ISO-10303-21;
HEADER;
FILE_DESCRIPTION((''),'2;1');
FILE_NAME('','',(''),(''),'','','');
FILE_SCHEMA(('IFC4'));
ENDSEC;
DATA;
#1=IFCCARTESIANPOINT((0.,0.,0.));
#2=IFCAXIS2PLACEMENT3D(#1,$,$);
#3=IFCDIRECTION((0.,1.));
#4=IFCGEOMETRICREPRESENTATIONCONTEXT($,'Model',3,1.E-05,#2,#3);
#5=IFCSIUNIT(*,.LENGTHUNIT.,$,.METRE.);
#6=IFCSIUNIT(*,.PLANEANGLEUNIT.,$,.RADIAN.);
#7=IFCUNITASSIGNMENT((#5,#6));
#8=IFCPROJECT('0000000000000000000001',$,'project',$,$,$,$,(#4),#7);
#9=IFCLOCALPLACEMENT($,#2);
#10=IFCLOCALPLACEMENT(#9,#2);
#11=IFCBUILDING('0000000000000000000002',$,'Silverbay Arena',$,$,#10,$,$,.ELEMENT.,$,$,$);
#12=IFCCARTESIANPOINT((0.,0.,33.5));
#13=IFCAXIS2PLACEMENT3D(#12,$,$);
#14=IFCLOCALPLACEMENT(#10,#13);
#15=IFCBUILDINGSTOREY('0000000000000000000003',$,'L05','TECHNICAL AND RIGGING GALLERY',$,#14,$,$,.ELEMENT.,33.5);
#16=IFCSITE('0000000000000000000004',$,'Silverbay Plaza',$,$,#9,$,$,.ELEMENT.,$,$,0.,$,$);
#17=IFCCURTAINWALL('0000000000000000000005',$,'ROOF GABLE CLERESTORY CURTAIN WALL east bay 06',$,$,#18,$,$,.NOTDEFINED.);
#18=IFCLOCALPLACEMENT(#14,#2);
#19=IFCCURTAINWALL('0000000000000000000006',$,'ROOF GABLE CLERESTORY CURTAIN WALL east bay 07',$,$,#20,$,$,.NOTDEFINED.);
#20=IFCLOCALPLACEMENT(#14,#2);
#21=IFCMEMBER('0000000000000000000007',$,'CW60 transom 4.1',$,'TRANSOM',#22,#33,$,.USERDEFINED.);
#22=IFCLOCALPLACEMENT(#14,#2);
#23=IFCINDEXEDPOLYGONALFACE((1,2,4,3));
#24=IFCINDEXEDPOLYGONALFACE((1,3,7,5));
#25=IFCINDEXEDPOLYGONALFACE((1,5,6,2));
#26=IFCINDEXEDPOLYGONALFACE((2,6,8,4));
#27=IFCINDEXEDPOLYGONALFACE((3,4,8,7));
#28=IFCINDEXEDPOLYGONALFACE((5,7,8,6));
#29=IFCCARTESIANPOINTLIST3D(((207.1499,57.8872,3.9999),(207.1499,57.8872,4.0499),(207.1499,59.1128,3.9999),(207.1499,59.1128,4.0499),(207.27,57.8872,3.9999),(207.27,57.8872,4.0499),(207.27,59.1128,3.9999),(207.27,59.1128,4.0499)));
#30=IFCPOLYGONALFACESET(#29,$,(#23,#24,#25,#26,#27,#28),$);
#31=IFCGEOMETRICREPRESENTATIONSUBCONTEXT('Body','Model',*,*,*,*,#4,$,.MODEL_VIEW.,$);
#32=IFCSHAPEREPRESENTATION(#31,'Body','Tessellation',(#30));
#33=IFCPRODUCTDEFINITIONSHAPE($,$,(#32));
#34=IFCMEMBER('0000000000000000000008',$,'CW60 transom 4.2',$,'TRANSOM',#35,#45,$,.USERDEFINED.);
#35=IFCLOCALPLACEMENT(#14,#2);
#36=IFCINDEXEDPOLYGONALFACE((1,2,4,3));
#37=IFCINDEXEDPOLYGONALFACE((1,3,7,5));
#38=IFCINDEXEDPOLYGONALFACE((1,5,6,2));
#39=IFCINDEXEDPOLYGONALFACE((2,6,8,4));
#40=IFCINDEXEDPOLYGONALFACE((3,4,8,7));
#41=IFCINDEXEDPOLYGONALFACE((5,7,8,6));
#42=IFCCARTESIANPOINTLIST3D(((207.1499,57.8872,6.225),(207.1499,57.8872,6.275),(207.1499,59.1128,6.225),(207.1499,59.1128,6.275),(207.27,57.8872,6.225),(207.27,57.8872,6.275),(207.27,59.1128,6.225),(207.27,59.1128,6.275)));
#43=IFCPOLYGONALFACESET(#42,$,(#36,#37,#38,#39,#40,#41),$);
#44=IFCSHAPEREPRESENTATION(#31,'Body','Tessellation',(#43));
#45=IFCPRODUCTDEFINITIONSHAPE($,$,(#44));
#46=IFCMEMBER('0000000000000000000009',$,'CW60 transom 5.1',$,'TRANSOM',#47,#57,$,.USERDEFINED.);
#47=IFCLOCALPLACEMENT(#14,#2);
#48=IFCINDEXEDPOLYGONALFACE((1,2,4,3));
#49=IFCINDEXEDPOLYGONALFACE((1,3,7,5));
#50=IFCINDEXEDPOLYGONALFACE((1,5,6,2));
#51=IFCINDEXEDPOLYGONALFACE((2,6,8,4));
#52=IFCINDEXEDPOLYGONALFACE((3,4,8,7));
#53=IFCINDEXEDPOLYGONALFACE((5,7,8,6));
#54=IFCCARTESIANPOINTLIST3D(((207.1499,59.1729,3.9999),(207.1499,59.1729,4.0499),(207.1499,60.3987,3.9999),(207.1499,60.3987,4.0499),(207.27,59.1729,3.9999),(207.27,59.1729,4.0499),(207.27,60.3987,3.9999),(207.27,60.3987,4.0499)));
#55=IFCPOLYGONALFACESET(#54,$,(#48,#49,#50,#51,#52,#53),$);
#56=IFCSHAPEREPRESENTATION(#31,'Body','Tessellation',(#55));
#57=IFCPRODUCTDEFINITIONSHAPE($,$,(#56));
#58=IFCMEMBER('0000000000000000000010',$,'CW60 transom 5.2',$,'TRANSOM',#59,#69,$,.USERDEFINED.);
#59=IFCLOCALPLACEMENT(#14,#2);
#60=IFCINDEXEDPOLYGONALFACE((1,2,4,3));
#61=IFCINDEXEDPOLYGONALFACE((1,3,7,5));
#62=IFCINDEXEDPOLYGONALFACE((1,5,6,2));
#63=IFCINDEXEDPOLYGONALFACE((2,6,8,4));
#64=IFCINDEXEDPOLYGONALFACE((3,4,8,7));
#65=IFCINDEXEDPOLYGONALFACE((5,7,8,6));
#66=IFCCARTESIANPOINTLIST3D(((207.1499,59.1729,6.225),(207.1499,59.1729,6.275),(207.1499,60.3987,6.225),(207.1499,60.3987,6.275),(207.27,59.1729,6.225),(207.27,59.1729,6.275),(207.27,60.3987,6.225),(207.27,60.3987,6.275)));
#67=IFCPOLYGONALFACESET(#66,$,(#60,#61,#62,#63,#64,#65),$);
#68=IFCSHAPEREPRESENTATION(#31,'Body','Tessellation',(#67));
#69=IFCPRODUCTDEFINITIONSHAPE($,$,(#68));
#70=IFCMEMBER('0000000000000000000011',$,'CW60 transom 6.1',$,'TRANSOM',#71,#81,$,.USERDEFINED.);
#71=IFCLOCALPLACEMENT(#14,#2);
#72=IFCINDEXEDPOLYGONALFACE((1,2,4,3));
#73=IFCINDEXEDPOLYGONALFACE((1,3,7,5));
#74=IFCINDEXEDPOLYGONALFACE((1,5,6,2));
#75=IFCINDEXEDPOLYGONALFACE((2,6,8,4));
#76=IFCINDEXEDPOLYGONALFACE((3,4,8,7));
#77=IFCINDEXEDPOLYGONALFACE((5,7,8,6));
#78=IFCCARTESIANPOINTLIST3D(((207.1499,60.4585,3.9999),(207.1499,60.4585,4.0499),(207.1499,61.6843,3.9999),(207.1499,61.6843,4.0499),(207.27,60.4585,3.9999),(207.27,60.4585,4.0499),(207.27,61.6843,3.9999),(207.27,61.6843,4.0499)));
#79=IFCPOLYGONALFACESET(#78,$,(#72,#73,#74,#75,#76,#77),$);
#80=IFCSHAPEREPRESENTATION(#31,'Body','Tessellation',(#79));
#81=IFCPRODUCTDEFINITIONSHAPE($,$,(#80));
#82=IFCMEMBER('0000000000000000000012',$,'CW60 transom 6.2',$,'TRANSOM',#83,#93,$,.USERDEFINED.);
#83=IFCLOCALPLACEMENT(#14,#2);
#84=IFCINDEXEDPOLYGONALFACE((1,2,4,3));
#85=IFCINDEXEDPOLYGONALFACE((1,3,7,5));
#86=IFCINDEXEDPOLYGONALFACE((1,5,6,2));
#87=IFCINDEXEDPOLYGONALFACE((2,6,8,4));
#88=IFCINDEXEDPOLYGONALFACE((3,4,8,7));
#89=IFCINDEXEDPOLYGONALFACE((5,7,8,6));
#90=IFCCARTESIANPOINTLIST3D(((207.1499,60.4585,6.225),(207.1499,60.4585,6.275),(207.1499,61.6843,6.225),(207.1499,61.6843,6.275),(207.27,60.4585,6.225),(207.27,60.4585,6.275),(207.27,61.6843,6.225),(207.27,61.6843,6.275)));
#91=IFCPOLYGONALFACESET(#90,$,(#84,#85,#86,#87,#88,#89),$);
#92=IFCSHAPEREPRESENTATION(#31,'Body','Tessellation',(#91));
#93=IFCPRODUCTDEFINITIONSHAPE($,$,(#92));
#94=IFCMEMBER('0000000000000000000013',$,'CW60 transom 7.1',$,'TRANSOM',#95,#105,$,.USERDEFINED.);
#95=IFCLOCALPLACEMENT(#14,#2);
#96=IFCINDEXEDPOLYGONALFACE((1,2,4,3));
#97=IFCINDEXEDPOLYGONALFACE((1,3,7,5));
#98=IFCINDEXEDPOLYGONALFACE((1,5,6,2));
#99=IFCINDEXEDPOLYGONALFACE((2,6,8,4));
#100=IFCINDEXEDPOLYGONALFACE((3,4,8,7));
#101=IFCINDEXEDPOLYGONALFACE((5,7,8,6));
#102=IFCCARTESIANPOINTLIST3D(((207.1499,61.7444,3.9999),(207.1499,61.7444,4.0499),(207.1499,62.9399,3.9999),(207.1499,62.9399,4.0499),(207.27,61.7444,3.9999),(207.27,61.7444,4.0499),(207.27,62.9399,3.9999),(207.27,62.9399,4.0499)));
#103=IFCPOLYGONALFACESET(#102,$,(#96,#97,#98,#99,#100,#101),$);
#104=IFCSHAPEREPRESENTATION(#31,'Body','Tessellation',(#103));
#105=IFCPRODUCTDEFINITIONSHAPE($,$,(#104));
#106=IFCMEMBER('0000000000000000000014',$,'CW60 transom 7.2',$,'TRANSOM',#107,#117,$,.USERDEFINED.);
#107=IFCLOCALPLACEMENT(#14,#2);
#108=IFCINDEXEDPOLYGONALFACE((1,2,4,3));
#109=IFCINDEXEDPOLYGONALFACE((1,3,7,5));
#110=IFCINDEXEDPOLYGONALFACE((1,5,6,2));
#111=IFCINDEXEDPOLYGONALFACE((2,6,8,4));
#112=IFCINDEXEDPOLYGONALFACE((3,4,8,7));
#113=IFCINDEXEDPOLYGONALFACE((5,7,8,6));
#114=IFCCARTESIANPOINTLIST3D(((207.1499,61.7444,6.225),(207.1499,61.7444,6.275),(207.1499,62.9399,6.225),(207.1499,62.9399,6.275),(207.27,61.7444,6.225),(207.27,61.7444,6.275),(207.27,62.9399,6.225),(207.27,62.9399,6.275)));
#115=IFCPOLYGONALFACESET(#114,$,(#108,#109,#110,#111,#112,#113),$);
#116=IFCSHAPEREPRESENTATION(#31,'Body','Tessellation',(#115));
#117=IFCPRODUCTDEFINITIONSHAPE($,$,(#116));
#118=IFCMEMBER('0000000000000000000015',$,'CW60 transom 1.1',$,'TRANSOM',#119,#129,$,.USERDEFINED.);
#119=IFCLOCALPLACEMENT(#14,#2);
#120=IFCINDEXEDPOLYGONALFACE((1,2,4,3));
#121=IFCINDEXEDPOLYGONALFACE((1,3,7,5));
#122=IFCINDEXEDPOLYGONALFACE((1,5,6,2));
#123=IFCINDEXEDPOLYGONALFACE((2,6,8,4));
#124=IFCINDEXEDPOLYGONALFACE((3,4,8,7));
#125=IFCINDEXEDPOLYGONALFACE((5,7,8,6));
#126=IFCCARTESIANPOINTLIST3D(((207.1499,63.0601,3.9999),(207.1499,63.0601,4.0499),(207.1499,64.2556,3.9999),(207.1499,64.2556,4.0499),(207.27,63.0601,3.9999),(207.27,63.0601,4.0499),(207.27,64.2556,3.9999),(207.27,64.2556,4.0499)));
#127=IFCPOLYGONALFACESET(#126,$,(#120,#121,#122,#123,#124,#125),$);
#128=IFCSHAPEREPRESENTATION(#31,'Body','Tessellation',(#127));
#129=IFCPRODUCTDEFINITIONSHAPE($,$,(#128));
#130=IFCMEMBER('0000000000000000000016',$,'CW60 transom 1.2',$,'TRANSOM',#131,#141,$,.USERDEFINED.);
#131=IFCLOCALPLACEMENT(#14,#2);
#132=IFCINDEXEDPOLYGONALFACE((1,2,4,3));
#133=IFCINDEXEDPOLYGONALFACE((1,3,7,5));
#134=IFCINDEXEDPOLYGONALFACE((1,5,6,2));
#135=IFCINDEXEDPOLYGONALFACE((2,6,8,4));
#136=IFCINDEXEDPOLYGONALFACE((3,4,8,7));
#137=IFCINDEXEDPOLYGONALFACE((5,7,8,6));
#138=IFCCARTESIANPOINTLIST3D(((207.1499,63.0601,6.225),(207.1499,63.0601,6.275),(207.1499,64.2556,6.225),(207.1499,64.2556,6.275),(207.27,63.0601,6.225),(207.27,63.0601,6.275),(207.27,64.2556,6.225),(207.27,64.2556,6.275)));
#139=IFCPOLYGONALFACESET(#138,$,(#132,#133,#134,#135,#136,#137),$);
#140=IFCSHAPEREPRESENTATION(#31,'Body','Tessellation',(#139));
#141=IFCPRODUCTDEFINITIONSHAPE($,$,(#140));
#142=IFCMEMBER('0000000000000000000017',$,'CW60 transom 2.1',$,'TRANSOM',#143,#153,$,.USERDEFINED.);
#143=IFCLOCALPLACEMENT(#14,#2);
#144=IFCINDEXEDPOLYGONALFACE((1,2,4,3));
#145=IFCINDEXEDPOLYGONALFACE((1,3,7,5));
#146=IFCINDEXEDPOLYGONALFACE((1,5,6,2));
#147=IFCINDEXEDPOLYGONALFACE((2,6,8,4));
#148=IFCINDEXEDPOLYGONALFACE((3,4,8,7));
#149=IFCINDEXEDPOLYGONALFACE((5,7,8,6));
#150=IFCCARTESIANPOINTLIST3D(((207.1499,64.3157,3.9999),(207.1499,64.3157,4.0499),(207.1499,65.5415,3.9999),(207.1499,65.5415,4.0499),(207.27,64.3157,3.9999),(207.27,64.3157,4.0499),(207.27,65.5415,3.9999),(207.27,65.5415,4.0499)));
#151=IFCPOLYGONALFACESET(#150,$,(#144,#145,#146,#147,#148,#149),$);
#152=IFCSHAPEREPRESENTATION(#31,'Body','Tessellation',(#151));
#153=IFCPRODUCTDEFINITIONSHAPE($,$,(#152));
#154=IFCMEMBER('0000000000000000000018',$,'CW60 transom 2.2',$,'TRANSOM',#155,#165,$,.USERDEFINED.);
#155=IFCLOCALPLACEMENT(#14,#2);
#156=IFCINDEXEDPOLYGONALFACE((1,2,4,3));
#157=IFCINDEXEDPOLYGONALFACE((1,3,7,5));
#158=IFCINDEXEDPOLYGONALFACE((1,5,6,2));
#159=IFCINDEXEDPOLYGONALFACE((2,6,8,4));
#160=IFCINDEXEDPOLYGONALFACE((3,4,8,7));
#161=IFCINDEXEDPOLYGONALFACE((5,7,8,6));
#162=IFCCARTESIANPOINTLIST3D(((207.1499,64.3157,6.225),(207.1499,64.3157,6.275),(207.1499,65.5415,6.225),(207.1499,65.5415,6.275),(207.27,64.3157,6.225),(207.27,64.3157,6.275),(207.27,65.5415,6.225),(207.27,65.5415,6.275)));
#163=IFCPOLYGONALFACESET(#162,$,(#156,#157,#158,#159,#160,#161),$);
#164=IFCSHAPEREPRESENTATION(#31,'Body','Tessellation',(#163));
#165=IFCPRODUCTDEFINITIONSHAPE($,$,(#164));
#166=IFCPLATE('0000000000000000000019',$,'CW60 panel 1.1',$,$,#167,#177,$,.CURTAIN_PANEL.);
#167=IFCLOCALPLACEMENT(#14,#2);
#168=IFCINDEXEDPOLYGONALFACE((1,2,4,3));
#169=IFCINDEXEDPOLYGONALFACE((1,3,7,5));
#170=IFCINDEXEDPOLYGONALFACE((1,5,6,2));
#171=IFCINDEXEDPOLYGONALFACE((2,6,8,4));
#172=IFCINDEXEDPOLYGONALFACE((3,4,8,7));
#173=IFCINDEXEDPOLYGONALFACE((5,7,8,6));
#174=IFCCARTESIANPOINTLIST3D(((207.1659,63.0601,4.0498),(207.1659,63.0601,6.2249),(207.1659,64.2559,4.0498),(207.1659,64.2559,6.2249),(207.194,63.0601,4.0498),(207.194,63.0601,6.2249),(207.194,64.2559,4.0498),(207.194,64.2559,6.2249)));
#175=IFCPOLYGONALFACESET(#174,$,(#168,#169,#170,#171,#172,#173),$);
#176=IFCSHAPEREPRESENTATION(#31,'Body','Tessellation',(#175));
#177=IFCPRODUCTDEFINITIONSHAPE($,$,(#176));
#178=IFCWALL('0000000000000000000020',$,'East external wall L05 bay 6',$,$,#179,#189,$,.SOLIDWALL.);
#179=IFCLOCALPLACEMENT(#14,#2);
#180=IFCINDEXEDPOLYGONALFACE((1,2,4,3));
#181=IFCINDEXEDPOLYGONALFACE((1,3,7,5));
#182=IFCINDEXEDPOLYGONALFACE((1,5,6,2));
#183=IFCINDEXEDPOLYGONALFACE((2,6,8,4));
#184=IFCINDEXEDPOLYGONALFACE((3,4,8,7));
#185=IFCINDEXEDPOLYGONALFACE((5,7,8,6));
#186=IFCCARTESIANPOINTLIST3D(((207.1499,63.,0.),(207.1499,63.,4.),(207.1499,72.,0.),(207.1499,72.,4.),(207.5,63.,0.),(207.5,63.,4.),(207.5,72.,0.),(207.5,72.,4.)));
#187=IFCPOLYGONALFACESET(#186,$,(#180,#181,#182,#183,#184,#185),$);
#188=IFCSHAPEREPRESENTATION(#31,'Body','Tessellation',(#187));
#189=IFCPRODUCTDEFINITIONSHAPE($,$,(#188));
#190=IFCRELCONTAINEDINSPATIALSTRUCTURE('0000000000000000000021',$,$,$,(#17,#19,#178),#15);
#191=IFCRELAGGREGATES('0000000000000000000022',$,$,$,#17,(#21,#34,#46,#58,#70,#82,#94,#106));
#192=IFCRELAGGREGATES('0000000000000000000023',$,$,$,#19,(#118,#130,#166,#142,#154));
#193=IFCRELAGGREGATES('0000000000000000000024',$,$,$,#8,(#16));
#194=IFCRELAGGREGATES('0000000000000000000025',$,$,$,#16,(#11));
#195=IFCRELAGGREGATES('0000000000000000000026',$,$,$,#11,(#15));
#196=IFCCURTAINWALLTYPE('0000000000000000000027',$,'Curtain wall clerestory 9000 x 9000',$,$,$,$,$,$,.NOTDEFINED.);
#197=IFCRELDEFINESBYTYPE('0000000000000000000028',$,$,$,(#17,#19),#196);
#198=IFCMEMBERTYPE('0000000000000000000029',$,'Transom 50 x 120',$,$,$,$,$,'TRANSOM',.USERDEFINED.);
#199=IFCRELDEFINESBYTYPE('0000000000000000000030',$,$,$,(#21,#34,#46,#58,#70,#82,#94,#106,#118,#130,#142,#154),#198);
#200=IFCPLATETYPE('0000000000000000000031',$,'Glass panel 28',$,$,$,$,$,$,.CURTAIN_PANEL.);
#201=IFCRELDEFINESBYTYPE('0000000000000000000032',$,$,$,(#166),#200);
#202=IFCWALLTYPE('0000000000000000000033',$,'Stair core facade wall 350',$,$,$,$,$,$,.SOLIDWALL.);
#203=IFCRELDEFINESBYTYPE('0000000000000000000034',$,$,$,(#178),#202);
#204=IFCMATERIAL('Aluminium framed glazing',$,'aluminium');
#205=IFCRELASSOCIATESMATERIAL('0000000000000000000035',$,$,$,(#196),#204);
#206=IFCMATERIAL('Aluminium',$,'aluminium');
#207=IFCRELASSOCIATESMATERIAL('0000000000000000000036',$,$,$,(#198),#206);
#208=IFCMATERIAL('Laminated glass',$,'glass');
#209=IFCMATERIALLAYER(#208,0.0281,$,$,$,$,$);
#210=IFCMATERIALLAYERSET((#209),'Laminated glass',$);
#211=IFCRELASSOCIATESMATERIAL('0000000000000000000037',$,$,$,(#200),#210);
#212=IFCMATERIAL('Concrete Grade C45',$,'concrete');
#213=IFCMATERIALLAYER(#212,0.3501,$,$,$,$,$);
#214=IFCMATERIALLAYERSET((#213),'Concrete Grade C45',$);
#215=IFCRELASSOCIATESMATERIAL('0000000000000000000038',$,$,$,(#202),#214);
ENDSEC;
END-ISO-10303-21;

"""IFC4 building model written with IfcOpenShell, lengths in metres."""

from ifc_helpers import new_model, si_unit, direction, frame, frame_2d, origin, origin_2d, place, context, subcontext, project, spatial, rectangle, extrude, material, layer, layer_set, material_profile, profile_set, type_object, element, aggregate, save


model = new_model("IFC4")

# Units and contexts
model_context = context("Model", 3, precision=1e-05, world=origin(), true_north=direction((0.0, 1.0)))
body_context = subcontext(model_context, "Body", "Model", "MODEL_VIEW")
ifc_project = project(units=[si_unit("LENGTHUNIT", "METRE"), si_unit("PLANEANGLEUNIT", "RADIAN")], contexts=[model_context])

# Site, building, storey
site_placement = place(None, origin())
site = spatial("IfcSite", under=ifc_project, at=site_placement, Name="Silverbay Plaza", CompositionType="ELEMENT", RefElevation=0.0)
building_placement = place(site_placement, origin())
building = spatial("IfcBuilding", under=site, at=building_placement, Name="Silverbay Arena", CompositionType="ELEMENT")
storey_placement = place(building_placement, frame((0.0, 0.0, 33.5)))
storey = spatial("IfcBuildingStorey", under=building, at=storey_placement, Name="L05", Description="TECHNICAL AND RIGGING GALLERY", CompositionType="ELEMENT", Elevation=33.5)

# Curtain walls
ifc_material_1 = material(Name="Aluminium framed glazing", Category="aluminium")
curtain_wall_type = type_object("IfcCurtainWallType", Name="Curtain wall clerestory 9000 x 9000", PredefinedType="NOTDEFINED", material=ifc_material_1)
curtain_wall_1_placement = place(storey_placement, origin())
curtain_wall_1 = element("IfcCurtainWall", 1, at=curtain_wall_1_placement, inside=storey, type_object=curtain_wall_type, Name="ROOF GABLE CLERESTORY CURTAIN WALL east bay 06", PredefinedType="NOTDEFINED")
curtain_wall_2_placement = place(storey_placement, origin())
curtain_wall_2 = element("IfcCurtainWall", 2, at=curtain_wall_2_placement, inside=storey, type_object=curtain_wall_type, Name="ROOF GABLE CLERESTORY CURTAIN WALL east bay 07", PredefinedType="NOTDEFINED")

# Members
ifc_material_2 = material(Name="Aluminium", Category="aluminium")
ifc_material_profile_1 = material_profile(ifc_material_2, rectangle(XDim=0.1201, YDim=0.05, at=origin_2d()), Name="Transom 50 x 120")
ifc_profile_set_1 = profile_set([ifc_material_profile_1], Name="Aluminium")
member_type_1 = type_object("IfcMemberType", Name="Transom 50 x 120", ElementType="TRANSOM", PredefinedType="USERDEFINED", material=ifc_profile_set_1)
member_1_placement = place(storey_placement, frame((207.21, 57.8872, 4.0249), z_axis=(0.0, 1.0, 0.0), x_axis=(-1.0, 0.0, 0.0)))
member_1 = element("IfcMember", 3, at=member_1_placement, type_object=member_type_1, Name="CW60 transom 4.1", ObjectType="TRANSOM", PredefinedType="USERDEFINED", context=body_context, shape_type="SweptSolid", body=[
    extrude(rectangle(XDim=0.1201, YDim=0.05, at=origin_2d()), origin(), (0.0, 0.0, 1.0), 1.2256),
])
member_2_placement = place(storey_placement, frame((207.21, 57.8872, 6.25), z_axis=(0.0, 1.0, 0.0), x_axis=(-1.0, 0.0, 0.0)))
member_2 = element("IfcMember", 4, at=member_2_placement, type_object=member_type_1, Name="CW60 transom 4.2", ObjectType="TRANSOM", PredefinedType="USERDEFINED", context=body_context, shape_type="SweptSolid", body=[
    extrude(rectangle(XDim=0.1201, YDim=0.05, at=origin_2d()), origin(), (0.0, 0.0, 1.0), 1.2256),
])
member_3_placement = place(storey_placement, frame((207.21, 59.1729, 4.0249), z_axis=(0.0, 1.0, 0.0), x_axis=(-1.0, 0.0, 0.0)))
member_3 = element("IfcMember", 5, at=member_3_placement, type_object=member_type_1, Name="CW60 transom 5.1", ObjectType="TRANSOM", PredefinedType="USERDEFINED", context=body_context, shape_type="SweptSolid", body=[
    extrude(rectangle(XDim=0.1201, YDim=0.05, at=origin_2d()), origin(), (0.0, 0.0, 1.0), 1.2258),
])
member_4_placement = place(storey_placement, frame((207.21, 59.1729, 6.25), z_axis=(0.0, 1.0, 0.0), x_axis=(-1.0, 0.0, 0.0)))
member_4 = element("IfcMember", 6, at=member_4_placement, type_object=member_type_1, Name="CW60 transom 5.2", ObjectType="TRANSOM", PredefinedType="USERDEFINED", context=body_context, shape_type="SweptSolid", body=[
    extrude(rectangle(XDim=0.1201, YDim=0.05, at=origin_2d()), origin(), (0.0, 0.0, 1.0), 1.2258),
])
member_5_placement = place(storey_placement, frame((207.21, 60.4585, 4.0249), z_axis=(0.0, 1.0, 0.0), x_axis=(-1.0, 0.0, 0.0)))
member_5 = element("IfcMember", 7, at=member_5_placement, type_object=member_type_1, Name="CW60 transom 6.1", ObjectType="TRANSOM", PredefinedType="USERDEFINED", context=body_context, shape_type="SweptSolid", body=[
    extrude(rectangle(XDim=0.1201, YDim=0.05, at=origin_2d()), origin(), (0.0, 0.0, 1.0), 1.2258),
])
member_6_placement = place(storey_placement, frame((207.21, 60.4585, 6.25), z_axis=(0.0, 1.0, 0.0), x_axis=(-1.0, 0.0, 0.0)))
member_6 = element("IfcMember", 8, at=member_6_placement, type_object=member_type_1, Name="CW60 transom 6.2", ObjectType="TRANSOM", PredefinedType="USERDEFINED", context=body_context, shape_type="SweptSolid", body=[
    extrude(rectangle(XDim=0.1201, YDim=0.05, at=origin_2d()), origin(), (0.0, 0.0, 1.0), 1.2258),
])
member_7_placement = place(storey_placement, frame((207.21, 61.7444, 4.0249), z_axis=(0.0, 1.0, 0.0), x_axis=(-1.0, 0.0, 0.0)))
member_7 = element("IfcMember", 9, at=member_7_placement, type_object=member_type_1, Name="CW60 transom 7.1", ObjectType="TRANSOM", PredefinedType="USERDEFINED", context=body_context, shape_type="SweptSolid", body=[
    extrude(rectangle(XDim=0.1201, YDim=0.05, at=origin_2d()), origin(), (0.0, 0.0, 1.0), 1.1956),
])
member_8_placement = place(storey_placement, frame((207.21, 61.7444, 6.25), z_axis=(0.0, 1.0, 0.0), x_axis=(-1.0, 0.0, 0.0)))
member_8 = element("IfcMember", 10, at=member_8_placement, type_object=member_type_1, Name="CW60 transom 7.2", ObjectType="TRANSOM", PredefinedType="USERDEFINED", context=body_context, shape_type="SweptSolid", body=[
    extrude(rectangle(XDim=0.1201, YDim=0.05, at=origin_2d()), origin(), (0.0, 0.0, 1.0), 1.1956),
])
aggregate(curtain_wall_1, [member_1, member_2, member_3, member_4, member_5, member_6, member_7, member_8])
member_9_placement = place(storey_placement, frame((207.21, 63.0601, 4.0249), z_axis=(0.0, 1.0, 0.0), x_axis=(-1.0, 0.0, 0.0)))
member_9 = element("IfcMember", 11, at=member_9_placement, type_object=member_type_1, Name="CW60 transom 1.1", ObjectType="TRANSOM", PredefinedType="USERDEFINED", context=body_context, shape_type="SweptSolid", body=[
    extrude(rectangle(XDim=0.1201, YDim=0.05, at=origin_2d()), origin(), (0.0, 0.0, 1.0), 1.1956),
])
member_10_placement = place(storey_placement, frame((207.21, 63.0601, 6.25), z_axis=(0.0, 1.0, 0.0), x_axis=(-1.0, 0.0, 0.0)))
member_10 = element("IfcMember", 12, at=member_10_placement, type_object=member_type_1, Name="CW60 transom 1.2", ObjectType="TRANSOM", PredefinedType="USERDEFINED", context=body_context, shape_type="SweptSolid", body=[
    extrude(rectangle(XDim=0.1201, YDim=0.05, at=origin_2d()), origin(), (0.0, 0.0, 1.0), 1.1956),
])
member_11_placement = place(storey_placement, frame((207.21, 64.3157, 4.0249), z_axis=(0.0, 1.0, 0.0), x_axis=(-1.0, 0.0, 0.0)))
member_11 = element("IfcMember", 13, at=member_11_placement, type_object=member_type_1, Name="CW60 transom 2.1", ObjectType="TRANSOM", PredefinedType="USERDEFINED", context=body_context, shape_type="SweptSolid", body=[
    extrude(rectangle(XDim=0.1201, YDim=0.05, at=origin_2d()), origin(), (0.0, 0.0, 1.0), 1.2258),
])
member_12_placement = place(storey_placement, frame((207.21, 64.3157, 6.25), z_axis=(0.0, 1.0, 0.0), x_axis=(-1.0, 0.0, 0.0)))
member_12 = element("IfcMember", 14, at=member_12_placement, type_object=member_type_1, Name="CW60 transom 2.2", ObjectType="TRANSOM", PredefinedType="USERDEFINED", context=body_context, shape_type="SweptSolid", body=[
    extrude(rectangle(XDim=0.1201, YDim=0.05, at=origin_2d()), origin(), (0.0, 0.0, 1.0), 1.2258),
])

# Plate
ifc_material_3 = material(Name="Laminated glass", Category="glass")
ifc_layer_1 = layer(ifc_material_3, 0.0281)
ifc_layer_set_1 = layer_set([ifc_layer_1], Name="Laminated glass")
plate_type = type_object("IfcPlateType", Name="Glass panel 28", PredefinedType="CURTAIN_PANEL", material=ifc_layer_set_1)
plate_placement = place(storey_placement, frame((207.1799, 63.658, 4.0498), z_axis=(0.0, 0.0, 1.0), x_axis=(0.0, 1.0, 0.0)))
plate = element("IfcPlate", 15, at=plate_placement, type_object=plate_type, Name="CW60 panel 1.1", PredefinedType="CURTAIN_PANEL", context=body_context, shape_type="SweptSolid", body=[
    extrude(rectangle(XDim=1.1958, YDim=0.0281, at=origin_2d()), origin(), (0.0, 0.0, 1.0), 2.175),
])
aggregate(curtain_wall_2, [member_9, member_10, plate, member_11, member_12])

# Wall
ifc_material_4 = material(Name="Concrete Grade C45", Category="concrete")
ifc_layer_2 = layer(ifc_material_4, 0.3501)
ifc_layer_set_2 = layer_set([ifc_layer_2], Name="Concrete Grade C45")
wall_type = type_object("IfcWallType", Name="Stair core facade wall 350", PredefinedType="SOLIDWALL", material=ifc_layer_set_2)
wall_placement = place(storey_placement, frame((207.325, 63.0, 0.0), z_axis=(0.0, 0.0, 1.0), x_axis=(0.0, 1.0, 0.0)))
element("IfcWall", 16, at=wall_placement, inside=storey, type_object=wall_type, Name="East external wall L05 bay 6", PredefinedType="SOLIDWALL", context=body_context, shape_type="SweptSolid", body=[
    extrude(rectangle(XDim=9.0, YDim=0.3501, at=frame_2d((4.5, 0.0))), origin(), (0.0, 0.0, 1.0), 4.0),
])

save(model, "model.ifc")
